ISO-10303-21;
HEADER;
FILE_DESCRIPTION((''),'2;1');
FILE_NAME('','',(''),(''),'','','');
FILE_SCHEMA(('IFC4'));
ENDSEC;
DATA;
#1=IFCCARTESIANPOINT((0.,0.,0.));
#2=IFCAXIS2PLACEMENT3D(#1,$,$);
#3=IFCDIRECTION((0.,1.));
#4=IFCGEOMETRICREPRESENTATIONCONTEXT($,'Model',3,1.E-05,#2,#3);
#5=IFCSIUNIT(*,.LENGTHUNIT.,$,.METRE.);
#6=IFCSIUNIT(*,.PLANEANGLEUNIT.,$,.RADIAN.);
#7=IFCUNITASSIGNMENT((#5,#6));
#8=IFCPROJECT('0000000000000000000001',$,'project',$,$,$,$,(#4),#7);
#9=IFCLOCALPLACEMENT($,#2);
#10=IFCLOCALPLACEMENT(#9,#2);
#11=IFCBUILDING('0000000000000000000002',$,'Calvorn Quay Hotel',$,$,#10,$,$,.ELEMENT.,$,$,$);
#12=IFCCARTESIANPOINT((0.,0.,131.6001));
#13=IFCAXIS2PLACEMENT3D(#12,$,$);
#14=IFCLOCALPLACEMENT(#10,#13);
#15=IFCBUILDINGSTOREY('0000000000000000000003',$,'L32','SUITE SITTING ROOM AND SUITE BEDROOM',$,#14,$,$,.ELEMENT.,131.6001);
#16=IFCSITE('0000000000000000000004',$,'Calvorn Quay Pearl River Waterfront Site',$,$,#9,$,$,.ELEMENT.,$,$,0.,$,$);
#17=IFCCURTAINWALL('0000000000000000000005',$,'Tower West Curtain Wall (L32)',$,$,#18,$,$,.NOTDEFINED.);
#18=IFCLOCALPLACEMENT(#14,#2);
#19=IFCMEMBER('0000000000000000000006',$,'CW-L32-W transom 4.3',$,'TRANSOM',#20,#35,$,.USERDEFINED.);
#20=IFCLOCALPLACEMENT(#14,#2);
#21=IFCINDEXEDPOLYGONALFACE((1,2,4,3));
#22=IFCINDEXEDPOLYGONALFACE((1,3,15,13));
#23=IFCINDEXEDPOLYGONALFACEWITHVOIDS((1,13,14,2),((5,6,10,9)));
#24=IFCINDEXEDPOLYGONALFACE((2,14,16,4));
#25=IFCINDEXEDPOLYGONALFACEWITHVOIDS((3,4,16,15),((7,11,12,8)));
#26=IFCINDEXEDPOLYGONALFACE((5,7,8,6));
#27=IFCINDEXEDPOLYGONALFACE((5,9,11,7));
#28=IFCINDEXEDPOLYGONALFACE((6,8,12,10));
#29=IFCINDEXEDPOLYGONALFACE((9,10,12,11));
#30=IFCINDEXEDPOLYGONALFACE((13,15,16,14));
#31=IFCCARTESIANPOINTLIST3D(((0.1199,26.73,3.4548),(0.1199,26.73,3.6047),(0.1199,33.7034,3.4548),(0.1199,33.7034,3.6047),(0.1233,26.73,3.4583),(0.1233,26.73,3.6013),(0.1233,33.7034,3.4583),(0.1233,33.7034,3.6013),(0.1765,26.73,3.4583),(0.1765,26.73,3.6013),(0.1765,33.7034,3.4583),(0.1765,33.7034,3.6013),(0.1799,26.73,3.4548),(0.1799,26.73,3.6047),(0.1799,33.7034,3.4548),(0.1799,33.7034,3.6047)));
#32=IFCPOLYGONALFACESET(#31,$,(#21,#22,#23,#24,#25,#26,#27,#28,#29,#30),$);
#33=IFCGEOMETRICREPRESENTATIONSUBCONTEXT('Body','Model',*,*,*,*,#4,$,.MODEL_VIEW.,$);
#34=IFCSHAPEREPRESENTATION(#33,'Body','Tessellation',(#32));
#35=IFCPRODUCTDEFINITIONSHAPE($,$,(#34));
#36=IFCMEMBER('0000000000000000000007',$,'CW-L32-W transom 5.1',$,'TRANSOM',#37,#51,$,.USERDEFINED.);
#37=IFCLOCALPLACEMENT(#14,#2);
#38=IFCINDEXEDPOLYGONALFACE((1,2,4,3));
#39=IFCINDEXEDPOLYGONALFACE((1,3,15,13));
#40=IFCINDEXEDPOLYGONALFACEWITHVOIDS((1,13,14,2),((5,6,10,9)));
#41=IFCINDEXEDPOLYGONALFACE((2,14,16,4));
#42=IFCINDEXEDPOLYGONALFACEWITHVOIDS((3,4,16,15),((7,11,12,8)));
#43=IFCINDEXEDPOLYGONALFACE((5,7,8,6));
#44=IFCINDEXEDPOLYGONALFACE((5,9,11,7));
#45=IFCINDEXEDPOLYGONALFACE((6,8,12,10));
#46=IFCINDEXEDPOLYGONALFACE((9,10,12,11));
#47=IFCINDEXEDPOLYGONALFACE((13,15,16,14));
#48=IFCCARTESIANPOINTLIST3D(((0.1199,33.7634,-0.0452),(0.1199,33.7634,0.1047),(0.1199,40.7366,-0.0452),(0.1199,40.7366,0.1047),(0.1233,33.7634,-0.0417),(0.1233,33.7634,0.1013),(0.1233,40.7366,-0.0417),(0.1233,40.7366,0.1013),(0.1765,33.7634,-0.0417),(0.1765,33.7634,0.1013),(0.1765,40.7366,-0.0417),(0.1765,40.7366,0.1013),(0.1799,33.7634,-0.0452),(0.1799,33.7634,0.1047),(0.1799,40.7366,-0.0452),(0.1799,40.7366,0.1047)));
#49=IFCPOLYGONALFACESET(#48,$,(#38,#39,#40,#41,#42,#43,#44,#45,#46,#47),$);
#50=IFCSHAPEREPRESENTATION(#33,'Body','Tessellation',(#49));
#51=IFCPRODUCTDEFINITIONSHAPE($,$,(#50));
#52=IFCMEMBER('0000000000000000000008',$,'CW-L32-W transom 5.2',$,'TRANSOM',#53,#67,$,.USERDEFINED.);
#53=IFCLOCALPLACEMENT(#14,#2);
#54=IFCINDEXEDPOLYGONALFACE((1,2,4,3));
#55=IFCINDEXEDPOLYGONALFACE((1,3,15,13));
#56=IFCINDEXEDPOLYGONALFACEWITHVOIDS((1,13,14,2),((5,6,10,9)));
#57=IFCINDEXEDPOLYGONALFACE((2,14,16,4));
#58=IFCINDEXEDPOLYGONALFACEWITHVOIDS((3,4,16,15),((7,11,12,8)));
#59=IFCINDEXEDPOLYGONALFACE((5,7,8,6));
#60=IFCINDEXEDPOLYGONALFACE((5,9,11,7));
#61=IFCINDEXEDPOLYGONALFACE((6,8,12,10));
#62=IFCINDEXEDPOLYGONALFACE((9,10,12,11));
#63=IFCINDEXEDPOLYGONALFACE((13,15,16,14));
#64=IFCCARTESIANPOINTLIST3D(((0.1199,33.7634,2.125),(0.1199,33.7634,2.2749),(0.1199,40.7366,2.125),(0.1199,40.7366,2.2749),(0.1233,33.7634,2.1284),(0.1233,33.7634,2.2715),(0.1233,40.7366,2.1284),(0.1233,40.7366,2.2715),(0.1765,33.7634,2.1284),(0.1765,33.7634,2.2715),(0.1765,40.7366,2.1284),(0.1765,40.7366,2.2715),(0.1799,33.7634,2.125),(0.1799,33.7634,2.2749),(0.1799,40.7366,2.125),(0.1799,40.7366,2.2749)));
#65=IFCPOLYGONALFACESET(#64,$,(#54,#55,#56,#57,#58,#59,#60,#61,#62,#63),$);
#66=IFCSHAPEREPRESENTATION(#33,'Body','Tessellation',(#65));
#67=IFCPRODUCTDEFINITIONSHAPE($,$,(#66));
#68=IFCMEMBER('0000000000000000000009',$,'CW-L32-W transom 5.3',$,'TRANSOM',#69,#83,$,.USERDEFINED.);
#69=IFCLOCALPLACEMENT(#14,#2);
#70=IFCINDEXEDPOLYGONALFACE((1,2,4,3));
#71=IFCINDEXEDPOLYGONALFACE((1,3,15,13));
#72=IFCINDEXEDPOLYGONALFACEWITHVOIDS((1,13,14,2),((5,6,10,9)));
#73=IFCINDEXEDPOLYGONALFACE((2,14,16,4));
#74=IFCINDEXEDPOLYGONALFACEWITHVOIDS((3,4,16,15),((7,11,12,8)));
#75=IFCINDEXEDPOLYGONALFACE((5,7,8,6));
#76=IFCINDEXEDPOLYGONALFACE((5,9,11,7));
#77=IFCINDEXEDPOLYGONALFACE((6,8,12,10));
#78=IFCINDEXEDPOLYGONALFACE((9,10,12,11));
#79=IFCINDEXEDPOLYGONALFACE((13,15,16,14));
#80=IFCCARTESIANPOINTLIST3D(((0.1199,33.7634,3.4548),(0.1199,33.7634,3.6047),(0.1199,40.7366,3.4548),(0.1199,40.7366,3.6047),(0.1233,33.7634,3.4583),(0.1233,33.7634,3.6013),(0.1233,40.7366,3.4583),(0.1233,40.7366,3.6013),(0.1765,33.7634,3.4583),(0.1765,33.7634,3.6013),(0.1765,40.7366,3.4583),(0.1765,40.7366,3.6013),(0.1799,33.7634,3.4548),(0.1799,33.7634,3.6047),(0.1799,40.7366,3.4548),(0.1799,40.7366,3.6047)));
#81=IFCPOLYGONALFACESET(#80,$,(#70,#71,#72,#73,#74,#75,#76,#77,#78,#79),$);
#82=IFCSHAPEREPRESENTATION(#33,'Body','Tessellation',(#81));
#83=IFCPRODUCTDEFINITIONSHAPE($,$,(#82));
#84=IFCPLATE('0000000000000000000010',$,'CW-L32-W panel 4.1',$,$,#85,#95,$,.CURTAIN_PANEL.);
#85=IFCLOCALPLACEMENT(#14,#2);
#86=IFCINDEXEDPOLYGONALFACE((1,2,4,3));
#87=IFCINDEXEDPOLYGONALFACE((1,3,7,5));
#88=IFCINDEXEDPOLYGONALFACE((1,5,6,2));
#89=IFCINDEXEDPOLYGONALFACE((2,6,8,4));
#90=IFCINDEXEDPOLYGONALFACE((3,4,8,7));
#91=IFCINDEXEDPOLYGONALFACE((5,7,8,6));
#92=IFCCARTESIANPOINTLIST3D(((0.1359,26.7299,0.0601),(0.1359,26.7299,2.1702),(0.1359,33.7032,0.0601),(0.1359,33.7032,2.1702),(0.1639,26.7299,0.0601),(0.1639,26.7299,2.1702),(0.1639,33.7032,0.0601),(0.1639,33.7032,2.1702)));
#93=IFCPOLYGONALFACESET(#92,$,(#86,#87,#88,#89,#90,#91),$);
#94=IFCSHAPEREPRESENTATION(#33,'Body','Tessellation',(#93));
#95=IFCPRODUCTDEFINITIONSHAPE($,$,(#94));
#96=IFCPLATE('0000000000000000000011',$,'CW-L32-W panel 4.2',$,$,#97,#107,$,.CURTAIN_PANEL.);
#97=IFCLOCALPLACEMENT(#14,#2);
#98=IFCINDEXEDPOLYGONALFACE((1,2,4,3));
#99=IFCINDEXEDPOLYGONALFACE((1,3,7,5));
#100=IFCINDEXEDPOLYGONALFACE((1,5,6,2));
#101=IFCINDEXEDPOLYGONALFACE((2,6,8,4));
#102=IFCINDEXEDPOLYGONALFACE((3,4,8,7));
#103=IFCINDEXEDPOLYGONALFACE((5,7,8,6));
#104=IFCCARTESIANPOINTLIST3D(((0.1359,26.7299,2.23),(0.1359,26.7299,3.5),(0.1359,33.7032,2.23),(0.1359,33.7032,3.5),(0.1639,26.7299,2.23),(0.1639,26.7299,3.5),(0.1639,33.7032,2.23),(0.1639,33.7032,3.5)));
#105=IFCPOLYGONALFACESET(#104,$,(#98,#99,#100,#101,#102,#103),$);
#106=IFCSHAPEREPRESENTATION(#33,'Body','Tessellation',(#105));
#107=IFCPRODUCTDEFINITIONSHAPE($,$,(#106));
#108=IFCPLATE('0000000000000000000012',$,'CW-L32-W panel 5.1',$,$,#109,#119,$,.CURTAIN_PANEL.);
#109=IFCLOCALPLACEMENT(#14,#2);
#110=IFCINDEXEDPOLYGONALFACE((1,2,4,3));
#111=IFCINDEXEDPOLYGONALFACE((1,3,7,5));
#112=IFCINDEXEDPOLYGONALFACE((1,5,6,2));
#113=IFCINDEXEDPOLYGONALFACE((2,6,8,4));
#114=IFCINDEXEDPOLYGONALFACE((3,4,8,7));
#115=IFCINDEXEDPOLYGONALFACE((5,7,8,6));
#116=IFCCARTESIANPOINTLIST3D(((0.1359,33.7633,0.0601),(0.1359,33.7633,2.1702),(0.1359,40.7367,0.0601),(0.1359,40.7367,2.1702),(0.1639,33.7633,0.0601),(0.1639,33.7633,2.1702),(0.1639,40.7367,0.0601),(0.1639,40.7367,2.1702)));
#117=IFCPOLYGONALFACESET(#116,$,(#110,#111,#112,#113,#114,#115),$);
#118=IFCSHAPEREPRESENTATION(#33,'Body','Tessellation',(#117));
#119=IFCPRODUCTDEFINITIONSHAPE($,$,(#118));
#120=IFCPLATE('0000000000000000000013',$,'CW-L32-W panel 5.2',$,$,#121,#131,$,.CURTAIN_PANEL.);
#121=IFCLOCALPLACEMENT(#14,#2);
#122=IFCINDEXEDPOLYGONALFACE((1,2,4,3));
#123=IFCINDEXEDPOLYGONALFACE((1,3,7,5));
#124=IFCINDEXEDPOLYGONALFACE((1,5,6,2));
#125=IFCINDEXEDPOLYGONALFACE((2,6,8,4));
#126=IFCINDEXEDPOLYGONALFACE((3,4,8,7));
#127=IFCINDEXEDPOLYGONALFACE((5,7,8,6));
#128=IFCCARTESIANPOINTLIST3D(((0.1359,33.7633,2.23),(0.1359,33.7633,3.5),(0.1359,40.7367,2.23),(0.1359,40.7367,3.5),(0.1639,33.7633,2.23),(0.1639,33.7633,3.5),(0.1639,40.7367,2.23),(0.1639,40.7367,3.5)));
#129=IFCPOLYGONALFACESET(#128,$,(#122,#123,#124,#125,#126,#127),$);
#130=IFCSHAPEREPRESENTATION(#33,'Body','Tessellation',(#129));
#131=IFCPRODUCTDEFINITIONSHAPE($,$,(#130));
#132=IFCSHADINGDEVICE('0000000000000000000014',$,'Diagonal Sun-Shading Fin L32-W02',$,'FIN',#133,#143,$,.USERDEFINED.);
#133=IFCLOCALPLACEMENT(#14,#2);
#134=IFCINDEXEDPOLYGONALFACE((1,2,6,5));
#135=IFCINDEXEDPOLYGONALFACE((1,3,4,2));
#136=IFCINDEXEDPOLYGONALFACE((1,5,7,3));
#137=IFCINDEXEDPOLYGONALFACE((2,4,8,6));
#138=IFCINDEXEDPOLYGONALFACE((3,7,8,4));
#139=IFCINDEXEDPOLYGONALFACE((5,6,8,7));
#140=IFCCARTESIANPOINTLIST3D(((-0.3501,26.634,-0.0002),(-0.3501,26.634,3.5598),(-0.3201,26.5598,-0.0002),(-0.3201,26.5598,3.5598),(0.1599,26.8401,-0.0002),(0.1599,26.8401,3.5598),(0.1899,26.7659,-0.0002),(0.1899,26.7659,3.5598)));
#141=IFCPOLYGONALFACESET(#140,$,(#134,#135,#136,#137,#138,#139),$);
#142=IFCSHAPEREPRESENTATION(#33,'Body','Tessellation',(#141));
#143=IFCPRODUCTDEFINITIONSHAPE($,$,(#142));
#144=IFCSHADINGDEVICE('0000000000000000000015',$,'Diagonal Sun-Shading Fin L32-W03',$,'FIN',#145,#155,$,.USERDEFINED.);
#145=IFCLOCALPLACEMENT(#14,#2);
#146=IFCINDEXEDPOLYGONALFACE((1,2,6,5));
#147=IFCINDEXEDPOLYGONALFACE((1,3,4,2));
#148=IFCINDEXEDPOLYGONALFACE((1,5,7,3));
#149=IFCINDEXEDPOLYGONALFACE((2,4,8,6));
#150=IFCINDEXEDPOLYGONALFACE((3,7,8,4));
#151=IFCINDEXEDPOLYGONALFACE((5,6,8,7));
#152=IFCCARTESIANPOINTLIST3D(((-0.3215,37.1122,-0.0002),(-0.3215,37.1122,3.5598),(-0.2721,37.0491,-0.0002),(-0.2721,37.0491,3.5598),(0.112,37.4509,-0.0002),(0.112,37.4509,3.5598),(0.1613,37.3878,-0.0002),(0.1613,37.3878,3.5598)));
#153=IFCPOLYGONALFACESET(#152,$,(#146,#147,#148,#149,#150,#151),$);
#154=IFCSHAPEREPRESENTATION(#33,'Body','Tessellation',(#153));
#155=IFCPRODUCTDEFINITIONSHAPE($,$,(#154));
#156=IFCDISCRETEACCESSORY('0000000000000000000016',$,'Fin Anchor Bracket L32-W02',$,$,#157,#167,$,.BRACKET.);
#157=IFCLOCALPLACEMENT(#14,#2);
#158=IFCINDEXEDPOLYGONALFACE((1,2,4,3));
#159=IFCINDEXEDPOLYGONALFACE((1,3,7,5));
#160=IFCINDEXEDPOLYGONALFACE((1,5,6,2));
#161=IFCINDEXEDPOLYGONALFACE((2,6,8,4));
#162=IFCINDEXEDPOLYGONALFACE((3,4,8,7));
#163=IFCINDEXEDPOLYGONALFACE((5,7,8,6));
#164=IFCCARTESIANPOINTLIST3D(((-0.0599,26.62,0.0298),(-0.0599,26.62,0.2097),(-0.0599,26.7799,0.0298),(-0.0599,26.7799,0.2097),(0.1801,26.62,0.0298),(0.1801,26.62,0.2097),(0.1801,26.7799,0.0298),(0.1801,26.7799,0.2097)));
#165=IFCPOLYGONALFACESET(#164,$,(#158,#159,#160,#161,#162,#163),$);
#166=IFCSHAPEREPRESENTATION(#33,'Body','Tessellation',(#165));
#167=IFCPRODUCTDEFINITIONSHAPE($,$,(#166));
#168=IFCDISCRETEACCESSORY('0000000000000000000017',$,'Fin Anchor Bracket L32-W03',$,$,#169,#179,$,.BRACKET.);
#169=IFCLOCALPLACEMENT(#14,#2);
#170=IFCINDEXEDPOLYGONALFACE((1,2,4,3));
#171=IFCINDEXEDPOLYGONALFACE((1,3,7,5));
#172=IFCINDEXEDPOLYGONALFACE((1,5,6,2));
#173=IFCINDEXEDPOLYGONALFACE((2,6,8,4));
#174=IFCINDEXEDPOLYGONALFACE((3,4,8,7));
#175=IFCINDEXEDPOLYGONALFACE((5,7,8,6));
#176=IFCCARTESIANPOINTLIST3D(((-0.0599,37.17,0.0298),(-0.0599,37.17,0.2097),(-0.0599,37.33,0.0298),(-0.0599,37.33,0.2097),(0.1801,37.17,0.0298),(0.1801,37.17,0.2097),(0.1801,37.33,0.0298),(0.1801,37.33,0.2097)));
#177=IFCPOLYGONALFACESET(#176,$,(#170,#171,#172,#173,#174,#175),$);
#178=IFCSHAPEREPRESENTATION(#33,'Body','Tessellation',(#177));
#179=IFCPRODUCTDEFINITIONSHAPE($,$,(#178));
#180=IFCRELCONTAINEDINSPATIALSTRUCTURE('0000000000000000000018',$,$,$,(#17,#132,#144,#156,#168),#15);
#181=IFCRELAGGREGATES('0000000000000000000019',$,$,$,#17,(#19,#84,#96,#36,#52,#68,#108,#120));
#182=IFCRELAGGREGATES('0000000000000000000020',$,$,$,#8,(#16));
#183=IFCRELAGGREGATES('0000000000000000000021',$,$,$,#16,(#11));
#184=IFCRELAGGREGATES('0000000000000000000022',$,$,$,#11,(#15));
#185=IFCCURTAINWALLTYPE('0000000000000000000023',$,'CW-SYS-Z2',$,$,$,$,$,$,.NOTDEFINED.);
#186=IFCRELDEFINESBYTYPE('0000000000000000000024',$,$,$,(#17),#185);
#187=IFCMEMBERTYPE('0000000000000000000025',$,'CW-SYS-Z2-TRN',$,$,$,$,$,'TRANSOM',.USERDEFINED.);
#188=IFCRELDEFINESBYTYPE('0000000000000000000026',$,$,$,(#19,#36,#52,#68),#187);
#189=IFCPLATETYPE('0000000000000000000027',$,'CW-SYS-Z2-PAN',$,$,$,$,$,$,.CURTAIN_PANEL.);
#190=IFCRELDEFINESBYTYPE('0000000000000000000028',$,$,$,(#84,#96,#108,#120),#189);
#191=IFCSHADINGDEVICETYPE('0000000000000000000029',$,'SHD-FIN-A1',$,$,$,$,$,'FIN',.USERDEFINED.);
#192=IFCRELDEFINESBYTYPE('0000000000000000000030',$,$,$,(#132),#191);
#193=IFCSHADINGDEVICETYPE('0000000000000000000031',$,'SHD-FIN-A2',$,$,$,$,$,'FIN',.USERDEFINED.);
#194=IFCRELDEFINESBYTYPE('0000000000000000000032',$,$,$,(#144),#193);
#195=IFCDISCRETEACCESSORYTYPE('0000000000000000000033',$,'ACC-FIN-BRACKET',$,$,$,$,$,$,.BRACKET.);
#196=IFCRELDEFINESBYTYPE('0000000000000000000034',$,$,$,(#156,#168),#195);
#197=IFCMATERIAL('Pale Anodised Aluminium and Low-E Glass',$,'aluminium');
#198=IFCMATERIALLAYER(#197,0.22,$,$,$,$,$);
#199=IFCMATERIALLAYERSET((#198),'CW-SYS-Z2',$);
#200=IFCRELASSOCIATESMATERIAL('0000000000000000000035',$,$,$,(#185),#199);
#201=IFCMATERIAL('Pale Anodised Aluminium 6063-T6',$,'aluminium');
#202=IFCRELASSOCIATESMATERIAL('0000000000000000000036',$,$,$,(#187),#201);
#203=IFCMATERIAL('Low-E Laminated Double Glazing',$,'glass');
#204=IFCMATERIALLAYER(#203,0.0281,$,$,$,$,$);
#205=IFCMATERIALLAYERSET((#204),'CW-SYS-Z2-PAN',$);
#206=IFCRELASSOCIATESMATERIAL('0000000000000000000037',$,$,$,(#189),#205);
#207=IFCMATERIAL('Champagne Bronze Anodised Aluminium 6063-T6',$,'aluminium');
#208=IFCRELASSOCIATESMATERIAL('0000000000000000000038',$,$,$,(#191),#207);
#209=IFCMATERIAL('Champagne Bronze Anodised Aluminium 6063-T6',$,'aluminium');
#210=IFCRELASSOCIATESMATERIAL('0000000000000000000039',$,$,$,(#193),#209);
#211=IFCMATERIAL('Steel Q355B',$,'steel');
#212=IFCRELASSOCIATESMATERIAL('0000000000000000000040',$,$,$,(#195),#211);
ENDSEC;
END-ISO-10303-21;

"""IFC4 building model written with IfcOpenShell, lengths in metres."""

from ifc_helpers import new_model, si_unit, direction, frame, origin, origin_2d, place, context, subcontext, project, spatial, rectangle, hollow_rectangle, extrude, material, layer, layer_set, material_profile, profile_set, type_object, element, aggregate, save


model = new_model("IFC4")

# Units and contexts
model_context = context("Model", 3, precision=1e-05, world=origin(), true_north=direction((0.0, 1.0)))
body_context = subcontext(model_context, "Body", "Model", "MODEL_VIEW")
ifc_project = project(units=[si_unit("LENGTHUNIT", "METRE"), si_unit("PLANEANGLEUNIT", "RADIAN")], contexts=[model_context])

# Site, building, storey
site_placement = place(None, origin())
site = spatial("IfcSite", under=ifc_project, at=site_placement, Name="Calvorn Quay Pearl River Waterfront Site", CompositionType="ELEMENT", RefElevation=0.0)
building_placement = place(site_placement, origin())
building = spatial("IfcBuilding", under=site, at=building_placement, Name="Calvorn Quay Hotel", CompositionType="ELEMENT")
storey_placement = place(building_placement, frame((0.0, 0.0, 131.6001)))
storey = spatial("IfcBuildingStorey", under=building, at=storey_placement, Name="L32", Description="SUITE SITTING ROOM AND SUITE BEDROOM", CompositionType="ELEMENT", Elevation=131.6001)

# Curtain wall, members, plates
ifc_material_1 = material(Name="Pale Anodised Aluminium and Low-E Glass", Category="aluminium")
ifc_layer_1 = layer(ifc_material_1, 0.22)
ifc_layer_set_1 = layer_set([ifc_layer_1], Name="CW-SYS-Z2")
curtain_wall_type = type_object("IfcCurtainWallType", Name="CW-SYS-Z2", PredefinedType="NOTDEFINED", material=ifc_layer_set_1)
curtain_wall_placement = place(storey_placement, origin())
curtain_wall = element("IfcCurtainWall", 1, at=curtain_wall_placement, inside=storey, type_object=curtain_wall_type, Name="Tower West Curtain Wall (L32)", PredefinedType="NOTDEFINED")
ifc_material_2 = material(Name="Pale Anodised Aluminium 6063-T6", Category="aluminium")
ifc_material_profile_1 = material_profile(ifc_material_2, hollow_rectangle(XDim=0.0601, YDim=0.1499, WallThickness=0.0034, at=origin_2d()), Name="ALU-T150x60x3.5")
ifc_profile_set_1 = profile_set([ifc_material_profile_1], Name="Pale Anodised Aluminium 6063-T6")
member_type_1 = type_object("IfcMemberType", Name="CW-SYS-Z2-TRN", ElementType="TRANSOM", PredefinedType="USERDEFINED", material=ifc_profile_set_1)
member_1_placement = place(storey_placement, frame((0.1499, 26.73, 3.5298), z_axis=(0.0, 1.0, 0.0), x_axis=(-1.0, 0.0, 0.0)))
member_1 = element("IfcMember", 2, at=member_1_placement, type_object=member_type_1, Name="CW-L32-W transom 4.3", ObjectType="TRANSOM", PredefinedType="USERDEFINED", context=body_context, shape_type="SweptSolid", body=[
    extrude(hollow_rectangle(XDim=0.0601, YDim=0.1499, WallThickness=0.0034, at=origin_2d()), origin(), (0.0, 0.0, 1.0), 6.9734),
])
member_2_placement = place(storey_placement, frame((0.1499, 33.7634, 0.0298), z_axis=(0.0, 1.0, 0.0), x_axis=(-1.0, 0.0, 0.0)))
member_2 = element("IfcMember", 3, at=member_2_placement, type_object=member_type_1, Name="CW-L32-W transom 5.1", ObjectType="TRANSOM", PredefinedType="USERDEFINED", context=body_context, shape_type="SweptSolid", body=[
    extrude(hollow_rectangle(XDim=0.0601, YDim=0.1499, WallThickness=0.0034, at=origin_2d()), origin(), (0.0, 0.0, 1.0), 6.9731),
])
member_3_placement = place(storey_placement, frame((0.1499, 33.7634, 2.2), z_axis=(0.0, 1.0, 0.0), x_axis=(-1.0, 0.0, 0.0)))
member_3 = element("IfcMember", 4, at=member_3_placement, type_object=member_type_1, Name="CW-L32-W transom 5.2", ObjectType="TRANSOM", PredefinedType="USERDEFINED", context=body_context, shape_type="SweptSolid", body=[
    extrude(hollow_rectangle(XDim=0.0601, YDim=0.1499, WallThickness=0.0034, at=origin_2d()), origin(), (0.0, 0.0, 1.0), 6.9731),
])
member_4_placement = place(storey_placement, frame((0.1499, 33.7634, 3.5298), z_axis=(0.0, 1.0, 0.0), x_axis=(-1.0, 0.0, 0.0)))
member_4 = element("IfcMember", 5, at=member_4_placement, type_object=member_type_1, Name="CW-L32-W transom 5.3", ObjectType="TRANSOM", PredefinedType="USERDEFINED", context=body_context, shape_type="SweptSolid", body=[
    extrude(hollow_rectangle(XDim=0.0601, YDim=0.1499, WallThickness=0.0034, at=origin_2d()), origin(), (0.0, 0.0, 1.0), 6.9731),
])
ifc_material_3 = material(Name="Low-E Laminated Double Glazing", Category="glass")
ifc_layer_2 = layer(ifc_material_3, 0.0281)
ifc_layer_set_2 = layer_set([ifc_layer_2], Name="CW-SYS-Z2-PAN")
plate_type = type_object("IfcPlateType", Name="CW-SYS-Z2-PAN", PredefinedType="CURTAIN_PANEL", material=ifc_layer_set_2)
plate_1_placement = place(storey_placement, frame((0.1499, 30.2166, 0.0601), z_axis=(0.0, 0.0, 1.0), x_axis=(0.0, 1.0, 0.0)))
plate_1 = element("IfcPlate", 6, at=plate_1_placement, type_object=plate_type, Name="CW-L32-W panel 4.1", PredefinedType="CURTAIN_PANEL", context=body_context, shape_type="SweptSolid", body=[
    extrude(rectangle(XDim=6.9734, YDim=0.0281, at=origin_2d()), origin(), (0.0, 0.0, 1.0), 2.1101),
])
plate_2_placement = place(storey_placement, frame((0.1499, 30.2166, 2.23), z_axis=(0.0, 0.0, 1.0), x_axis=(0.0, 1.0, 0.0)))
plate_2 = element("IfcPlate", 7, at=plate_2_placement, type_object=plate_type, Name="CW-L32-W panel 4.2", PredefinedType="CURTAIN_PANEL", context=body_context, shape_type="SweptSolid", body=[
    extrude(rectangle(XDim=6.9734, YDim=0.0281, at=origin_2d()), origin(), (0.0, 0.0, 1.0), 1.27),
])
plate_3_placement = place(storey_placement, frame((0.1499, 37.25, 0.0601), z_axis=(0.0, 0.0, 1.0), x_axis=(0.0, 1.0, 0.0)))
plate_3 = element("IfcPlate", 8, at=plate_3_placement, type_object=plate_type, Name="CW-L32-W panel 5.1", PredefinedType="CURTAIN_PANEL", context=body_context, shape_type="SweptSolid", body=[
    extrude(rectangle(XDim=6.9734, YDim=0.0281, at=origin_2d()), origin(), (0.0, 0.0, 1.0), 2.1101),
])
plate_4_placement = place(storey_placement, frame((0.1499, 37.25, 2.23), z_axis=(0.0, 0.0, 1.0), x_axis=(0.0, 1.0, 0.0)))
plate_4 = element("IfcPlate", 9, at=plate_4_placement, type_object=plate_type, Name="CW-L32-W panel 5.2", PredefinedType="CURTAIN_PANEL", context=body_context, shape_type="SweptSolid", body=[
    extrude(rectangle(XDim=6.9734, YDim=0.0281, at=origin_2d()), origin(), (0.0, 0.0, 1.0), 1.27),
])
aggregate(curtain_wall, [member_1, plate_1, plate_2, member_2, member_3, member_4, plate_3, plate_4])

# Shading devices
ifc_material_4 = material(Name="Champagne Bronze Anodised Aluminium 6063-T6", Category="aluminium")
shading_device_type_1 = type_object("IfcShadingDeviceType", Name="SHD-FIN-A1", ElementType="FIN", PredefinedType="USERDEFINED", material=ifc_material_4)
shading_device_1_placement = place(storey_placement, frame((-0.0801, 26.7, -0.0002), z_axis=(0.0, 0.0, 1.0), x_axis=(0.927184, 0.374607, 0.0)))
element("IfcShadingDevice", 10, at=shading_device_1_placement, inside=storey, type_object=shading_device_type_1, Name="Diagonal Sun-Shading Fin L32-W02", ObjectType="FIN", PredefinedType="USERDEFINED", context=body_context, shape_type="SweptSolid", body=[
    extrude(rectangle(XDim=0.55, YDim=0.0801, at=origin_2d()), origin(), (0.0, 0.0, 1.0), 3.5601),
])
ifc_material_5 = material(Name="Champagne Bronze Anodised Aluminium 6063-T6", Category="aluminium")
shading_device_type_2 = type_object("IfcShadingDeviceType", Name="SHD-FIN-A2", ElementType="FIN", PredefinedType="USERDEFINED", material=ifc_material_5)
shading_device_2_placement = place(storey_placement, frame((-0.0801, 37.25, -0.0002), z_axis=(0.0, 0.0, 1.0), x_axis=(0.788011, 0.615661, 0.0)))
element("IfcShadingDevice", 11, at=shading_device_2_placement, inside=storey, type_object=shading_device_type_2, Name="Diagonal Sun-Shading Fin L32-W03", ObjectType="FIN", PredefinedType="USERDEFINED", context=body_context, shape_type="SweptSolid", body=[
    extrude(rectangle(XDim=0.55, YDim=0.0801, at=origin_2d()), origin(), (0.0, 0.0, 1.0), 3.5601),
])

# Discrete accessories
ifc_material_6 = material(Name="Steel Q355B", Category="steel")
discrete_accessory_type = type_object("IfcDiscreteAccessoryType", Name="ACC-FIN-BRACKET", PredefinedType="BRACKET", material=ifc_material_6)
for number, where, z_axis, x_axis, name in (
    (12, (0.0601, 26.7, 0.0298), (0.0, 0.0, 1.0), (1.0, 0.0, 0.0), "Fin Anchor Bracket L32-W02"),
    (13, (0.0601, 37.25, 0.0298), (0.0, 0.0, 1.0), (1.0, 0.0, 0.0), "Fin Anchor Bracket L32-W03"),
):
    element("IfcDiscreteAccessory", number, at=place(storey_placement, frame(where, z_axis=z_axis, x_axis=x_axis)), inside=storey, type_object=discrete_accessory_type, Name=name, PredefinedType="BRACKET", context=body_context, shape_type="SweptSolid", body=[
        extrude(rectangle(XDim=0.24, YDim=0.1599, at=origin_2d()), origin(), (0.0, 0.0, 1.0), 0.1799),
    ])

save(model, "model.ifc")
